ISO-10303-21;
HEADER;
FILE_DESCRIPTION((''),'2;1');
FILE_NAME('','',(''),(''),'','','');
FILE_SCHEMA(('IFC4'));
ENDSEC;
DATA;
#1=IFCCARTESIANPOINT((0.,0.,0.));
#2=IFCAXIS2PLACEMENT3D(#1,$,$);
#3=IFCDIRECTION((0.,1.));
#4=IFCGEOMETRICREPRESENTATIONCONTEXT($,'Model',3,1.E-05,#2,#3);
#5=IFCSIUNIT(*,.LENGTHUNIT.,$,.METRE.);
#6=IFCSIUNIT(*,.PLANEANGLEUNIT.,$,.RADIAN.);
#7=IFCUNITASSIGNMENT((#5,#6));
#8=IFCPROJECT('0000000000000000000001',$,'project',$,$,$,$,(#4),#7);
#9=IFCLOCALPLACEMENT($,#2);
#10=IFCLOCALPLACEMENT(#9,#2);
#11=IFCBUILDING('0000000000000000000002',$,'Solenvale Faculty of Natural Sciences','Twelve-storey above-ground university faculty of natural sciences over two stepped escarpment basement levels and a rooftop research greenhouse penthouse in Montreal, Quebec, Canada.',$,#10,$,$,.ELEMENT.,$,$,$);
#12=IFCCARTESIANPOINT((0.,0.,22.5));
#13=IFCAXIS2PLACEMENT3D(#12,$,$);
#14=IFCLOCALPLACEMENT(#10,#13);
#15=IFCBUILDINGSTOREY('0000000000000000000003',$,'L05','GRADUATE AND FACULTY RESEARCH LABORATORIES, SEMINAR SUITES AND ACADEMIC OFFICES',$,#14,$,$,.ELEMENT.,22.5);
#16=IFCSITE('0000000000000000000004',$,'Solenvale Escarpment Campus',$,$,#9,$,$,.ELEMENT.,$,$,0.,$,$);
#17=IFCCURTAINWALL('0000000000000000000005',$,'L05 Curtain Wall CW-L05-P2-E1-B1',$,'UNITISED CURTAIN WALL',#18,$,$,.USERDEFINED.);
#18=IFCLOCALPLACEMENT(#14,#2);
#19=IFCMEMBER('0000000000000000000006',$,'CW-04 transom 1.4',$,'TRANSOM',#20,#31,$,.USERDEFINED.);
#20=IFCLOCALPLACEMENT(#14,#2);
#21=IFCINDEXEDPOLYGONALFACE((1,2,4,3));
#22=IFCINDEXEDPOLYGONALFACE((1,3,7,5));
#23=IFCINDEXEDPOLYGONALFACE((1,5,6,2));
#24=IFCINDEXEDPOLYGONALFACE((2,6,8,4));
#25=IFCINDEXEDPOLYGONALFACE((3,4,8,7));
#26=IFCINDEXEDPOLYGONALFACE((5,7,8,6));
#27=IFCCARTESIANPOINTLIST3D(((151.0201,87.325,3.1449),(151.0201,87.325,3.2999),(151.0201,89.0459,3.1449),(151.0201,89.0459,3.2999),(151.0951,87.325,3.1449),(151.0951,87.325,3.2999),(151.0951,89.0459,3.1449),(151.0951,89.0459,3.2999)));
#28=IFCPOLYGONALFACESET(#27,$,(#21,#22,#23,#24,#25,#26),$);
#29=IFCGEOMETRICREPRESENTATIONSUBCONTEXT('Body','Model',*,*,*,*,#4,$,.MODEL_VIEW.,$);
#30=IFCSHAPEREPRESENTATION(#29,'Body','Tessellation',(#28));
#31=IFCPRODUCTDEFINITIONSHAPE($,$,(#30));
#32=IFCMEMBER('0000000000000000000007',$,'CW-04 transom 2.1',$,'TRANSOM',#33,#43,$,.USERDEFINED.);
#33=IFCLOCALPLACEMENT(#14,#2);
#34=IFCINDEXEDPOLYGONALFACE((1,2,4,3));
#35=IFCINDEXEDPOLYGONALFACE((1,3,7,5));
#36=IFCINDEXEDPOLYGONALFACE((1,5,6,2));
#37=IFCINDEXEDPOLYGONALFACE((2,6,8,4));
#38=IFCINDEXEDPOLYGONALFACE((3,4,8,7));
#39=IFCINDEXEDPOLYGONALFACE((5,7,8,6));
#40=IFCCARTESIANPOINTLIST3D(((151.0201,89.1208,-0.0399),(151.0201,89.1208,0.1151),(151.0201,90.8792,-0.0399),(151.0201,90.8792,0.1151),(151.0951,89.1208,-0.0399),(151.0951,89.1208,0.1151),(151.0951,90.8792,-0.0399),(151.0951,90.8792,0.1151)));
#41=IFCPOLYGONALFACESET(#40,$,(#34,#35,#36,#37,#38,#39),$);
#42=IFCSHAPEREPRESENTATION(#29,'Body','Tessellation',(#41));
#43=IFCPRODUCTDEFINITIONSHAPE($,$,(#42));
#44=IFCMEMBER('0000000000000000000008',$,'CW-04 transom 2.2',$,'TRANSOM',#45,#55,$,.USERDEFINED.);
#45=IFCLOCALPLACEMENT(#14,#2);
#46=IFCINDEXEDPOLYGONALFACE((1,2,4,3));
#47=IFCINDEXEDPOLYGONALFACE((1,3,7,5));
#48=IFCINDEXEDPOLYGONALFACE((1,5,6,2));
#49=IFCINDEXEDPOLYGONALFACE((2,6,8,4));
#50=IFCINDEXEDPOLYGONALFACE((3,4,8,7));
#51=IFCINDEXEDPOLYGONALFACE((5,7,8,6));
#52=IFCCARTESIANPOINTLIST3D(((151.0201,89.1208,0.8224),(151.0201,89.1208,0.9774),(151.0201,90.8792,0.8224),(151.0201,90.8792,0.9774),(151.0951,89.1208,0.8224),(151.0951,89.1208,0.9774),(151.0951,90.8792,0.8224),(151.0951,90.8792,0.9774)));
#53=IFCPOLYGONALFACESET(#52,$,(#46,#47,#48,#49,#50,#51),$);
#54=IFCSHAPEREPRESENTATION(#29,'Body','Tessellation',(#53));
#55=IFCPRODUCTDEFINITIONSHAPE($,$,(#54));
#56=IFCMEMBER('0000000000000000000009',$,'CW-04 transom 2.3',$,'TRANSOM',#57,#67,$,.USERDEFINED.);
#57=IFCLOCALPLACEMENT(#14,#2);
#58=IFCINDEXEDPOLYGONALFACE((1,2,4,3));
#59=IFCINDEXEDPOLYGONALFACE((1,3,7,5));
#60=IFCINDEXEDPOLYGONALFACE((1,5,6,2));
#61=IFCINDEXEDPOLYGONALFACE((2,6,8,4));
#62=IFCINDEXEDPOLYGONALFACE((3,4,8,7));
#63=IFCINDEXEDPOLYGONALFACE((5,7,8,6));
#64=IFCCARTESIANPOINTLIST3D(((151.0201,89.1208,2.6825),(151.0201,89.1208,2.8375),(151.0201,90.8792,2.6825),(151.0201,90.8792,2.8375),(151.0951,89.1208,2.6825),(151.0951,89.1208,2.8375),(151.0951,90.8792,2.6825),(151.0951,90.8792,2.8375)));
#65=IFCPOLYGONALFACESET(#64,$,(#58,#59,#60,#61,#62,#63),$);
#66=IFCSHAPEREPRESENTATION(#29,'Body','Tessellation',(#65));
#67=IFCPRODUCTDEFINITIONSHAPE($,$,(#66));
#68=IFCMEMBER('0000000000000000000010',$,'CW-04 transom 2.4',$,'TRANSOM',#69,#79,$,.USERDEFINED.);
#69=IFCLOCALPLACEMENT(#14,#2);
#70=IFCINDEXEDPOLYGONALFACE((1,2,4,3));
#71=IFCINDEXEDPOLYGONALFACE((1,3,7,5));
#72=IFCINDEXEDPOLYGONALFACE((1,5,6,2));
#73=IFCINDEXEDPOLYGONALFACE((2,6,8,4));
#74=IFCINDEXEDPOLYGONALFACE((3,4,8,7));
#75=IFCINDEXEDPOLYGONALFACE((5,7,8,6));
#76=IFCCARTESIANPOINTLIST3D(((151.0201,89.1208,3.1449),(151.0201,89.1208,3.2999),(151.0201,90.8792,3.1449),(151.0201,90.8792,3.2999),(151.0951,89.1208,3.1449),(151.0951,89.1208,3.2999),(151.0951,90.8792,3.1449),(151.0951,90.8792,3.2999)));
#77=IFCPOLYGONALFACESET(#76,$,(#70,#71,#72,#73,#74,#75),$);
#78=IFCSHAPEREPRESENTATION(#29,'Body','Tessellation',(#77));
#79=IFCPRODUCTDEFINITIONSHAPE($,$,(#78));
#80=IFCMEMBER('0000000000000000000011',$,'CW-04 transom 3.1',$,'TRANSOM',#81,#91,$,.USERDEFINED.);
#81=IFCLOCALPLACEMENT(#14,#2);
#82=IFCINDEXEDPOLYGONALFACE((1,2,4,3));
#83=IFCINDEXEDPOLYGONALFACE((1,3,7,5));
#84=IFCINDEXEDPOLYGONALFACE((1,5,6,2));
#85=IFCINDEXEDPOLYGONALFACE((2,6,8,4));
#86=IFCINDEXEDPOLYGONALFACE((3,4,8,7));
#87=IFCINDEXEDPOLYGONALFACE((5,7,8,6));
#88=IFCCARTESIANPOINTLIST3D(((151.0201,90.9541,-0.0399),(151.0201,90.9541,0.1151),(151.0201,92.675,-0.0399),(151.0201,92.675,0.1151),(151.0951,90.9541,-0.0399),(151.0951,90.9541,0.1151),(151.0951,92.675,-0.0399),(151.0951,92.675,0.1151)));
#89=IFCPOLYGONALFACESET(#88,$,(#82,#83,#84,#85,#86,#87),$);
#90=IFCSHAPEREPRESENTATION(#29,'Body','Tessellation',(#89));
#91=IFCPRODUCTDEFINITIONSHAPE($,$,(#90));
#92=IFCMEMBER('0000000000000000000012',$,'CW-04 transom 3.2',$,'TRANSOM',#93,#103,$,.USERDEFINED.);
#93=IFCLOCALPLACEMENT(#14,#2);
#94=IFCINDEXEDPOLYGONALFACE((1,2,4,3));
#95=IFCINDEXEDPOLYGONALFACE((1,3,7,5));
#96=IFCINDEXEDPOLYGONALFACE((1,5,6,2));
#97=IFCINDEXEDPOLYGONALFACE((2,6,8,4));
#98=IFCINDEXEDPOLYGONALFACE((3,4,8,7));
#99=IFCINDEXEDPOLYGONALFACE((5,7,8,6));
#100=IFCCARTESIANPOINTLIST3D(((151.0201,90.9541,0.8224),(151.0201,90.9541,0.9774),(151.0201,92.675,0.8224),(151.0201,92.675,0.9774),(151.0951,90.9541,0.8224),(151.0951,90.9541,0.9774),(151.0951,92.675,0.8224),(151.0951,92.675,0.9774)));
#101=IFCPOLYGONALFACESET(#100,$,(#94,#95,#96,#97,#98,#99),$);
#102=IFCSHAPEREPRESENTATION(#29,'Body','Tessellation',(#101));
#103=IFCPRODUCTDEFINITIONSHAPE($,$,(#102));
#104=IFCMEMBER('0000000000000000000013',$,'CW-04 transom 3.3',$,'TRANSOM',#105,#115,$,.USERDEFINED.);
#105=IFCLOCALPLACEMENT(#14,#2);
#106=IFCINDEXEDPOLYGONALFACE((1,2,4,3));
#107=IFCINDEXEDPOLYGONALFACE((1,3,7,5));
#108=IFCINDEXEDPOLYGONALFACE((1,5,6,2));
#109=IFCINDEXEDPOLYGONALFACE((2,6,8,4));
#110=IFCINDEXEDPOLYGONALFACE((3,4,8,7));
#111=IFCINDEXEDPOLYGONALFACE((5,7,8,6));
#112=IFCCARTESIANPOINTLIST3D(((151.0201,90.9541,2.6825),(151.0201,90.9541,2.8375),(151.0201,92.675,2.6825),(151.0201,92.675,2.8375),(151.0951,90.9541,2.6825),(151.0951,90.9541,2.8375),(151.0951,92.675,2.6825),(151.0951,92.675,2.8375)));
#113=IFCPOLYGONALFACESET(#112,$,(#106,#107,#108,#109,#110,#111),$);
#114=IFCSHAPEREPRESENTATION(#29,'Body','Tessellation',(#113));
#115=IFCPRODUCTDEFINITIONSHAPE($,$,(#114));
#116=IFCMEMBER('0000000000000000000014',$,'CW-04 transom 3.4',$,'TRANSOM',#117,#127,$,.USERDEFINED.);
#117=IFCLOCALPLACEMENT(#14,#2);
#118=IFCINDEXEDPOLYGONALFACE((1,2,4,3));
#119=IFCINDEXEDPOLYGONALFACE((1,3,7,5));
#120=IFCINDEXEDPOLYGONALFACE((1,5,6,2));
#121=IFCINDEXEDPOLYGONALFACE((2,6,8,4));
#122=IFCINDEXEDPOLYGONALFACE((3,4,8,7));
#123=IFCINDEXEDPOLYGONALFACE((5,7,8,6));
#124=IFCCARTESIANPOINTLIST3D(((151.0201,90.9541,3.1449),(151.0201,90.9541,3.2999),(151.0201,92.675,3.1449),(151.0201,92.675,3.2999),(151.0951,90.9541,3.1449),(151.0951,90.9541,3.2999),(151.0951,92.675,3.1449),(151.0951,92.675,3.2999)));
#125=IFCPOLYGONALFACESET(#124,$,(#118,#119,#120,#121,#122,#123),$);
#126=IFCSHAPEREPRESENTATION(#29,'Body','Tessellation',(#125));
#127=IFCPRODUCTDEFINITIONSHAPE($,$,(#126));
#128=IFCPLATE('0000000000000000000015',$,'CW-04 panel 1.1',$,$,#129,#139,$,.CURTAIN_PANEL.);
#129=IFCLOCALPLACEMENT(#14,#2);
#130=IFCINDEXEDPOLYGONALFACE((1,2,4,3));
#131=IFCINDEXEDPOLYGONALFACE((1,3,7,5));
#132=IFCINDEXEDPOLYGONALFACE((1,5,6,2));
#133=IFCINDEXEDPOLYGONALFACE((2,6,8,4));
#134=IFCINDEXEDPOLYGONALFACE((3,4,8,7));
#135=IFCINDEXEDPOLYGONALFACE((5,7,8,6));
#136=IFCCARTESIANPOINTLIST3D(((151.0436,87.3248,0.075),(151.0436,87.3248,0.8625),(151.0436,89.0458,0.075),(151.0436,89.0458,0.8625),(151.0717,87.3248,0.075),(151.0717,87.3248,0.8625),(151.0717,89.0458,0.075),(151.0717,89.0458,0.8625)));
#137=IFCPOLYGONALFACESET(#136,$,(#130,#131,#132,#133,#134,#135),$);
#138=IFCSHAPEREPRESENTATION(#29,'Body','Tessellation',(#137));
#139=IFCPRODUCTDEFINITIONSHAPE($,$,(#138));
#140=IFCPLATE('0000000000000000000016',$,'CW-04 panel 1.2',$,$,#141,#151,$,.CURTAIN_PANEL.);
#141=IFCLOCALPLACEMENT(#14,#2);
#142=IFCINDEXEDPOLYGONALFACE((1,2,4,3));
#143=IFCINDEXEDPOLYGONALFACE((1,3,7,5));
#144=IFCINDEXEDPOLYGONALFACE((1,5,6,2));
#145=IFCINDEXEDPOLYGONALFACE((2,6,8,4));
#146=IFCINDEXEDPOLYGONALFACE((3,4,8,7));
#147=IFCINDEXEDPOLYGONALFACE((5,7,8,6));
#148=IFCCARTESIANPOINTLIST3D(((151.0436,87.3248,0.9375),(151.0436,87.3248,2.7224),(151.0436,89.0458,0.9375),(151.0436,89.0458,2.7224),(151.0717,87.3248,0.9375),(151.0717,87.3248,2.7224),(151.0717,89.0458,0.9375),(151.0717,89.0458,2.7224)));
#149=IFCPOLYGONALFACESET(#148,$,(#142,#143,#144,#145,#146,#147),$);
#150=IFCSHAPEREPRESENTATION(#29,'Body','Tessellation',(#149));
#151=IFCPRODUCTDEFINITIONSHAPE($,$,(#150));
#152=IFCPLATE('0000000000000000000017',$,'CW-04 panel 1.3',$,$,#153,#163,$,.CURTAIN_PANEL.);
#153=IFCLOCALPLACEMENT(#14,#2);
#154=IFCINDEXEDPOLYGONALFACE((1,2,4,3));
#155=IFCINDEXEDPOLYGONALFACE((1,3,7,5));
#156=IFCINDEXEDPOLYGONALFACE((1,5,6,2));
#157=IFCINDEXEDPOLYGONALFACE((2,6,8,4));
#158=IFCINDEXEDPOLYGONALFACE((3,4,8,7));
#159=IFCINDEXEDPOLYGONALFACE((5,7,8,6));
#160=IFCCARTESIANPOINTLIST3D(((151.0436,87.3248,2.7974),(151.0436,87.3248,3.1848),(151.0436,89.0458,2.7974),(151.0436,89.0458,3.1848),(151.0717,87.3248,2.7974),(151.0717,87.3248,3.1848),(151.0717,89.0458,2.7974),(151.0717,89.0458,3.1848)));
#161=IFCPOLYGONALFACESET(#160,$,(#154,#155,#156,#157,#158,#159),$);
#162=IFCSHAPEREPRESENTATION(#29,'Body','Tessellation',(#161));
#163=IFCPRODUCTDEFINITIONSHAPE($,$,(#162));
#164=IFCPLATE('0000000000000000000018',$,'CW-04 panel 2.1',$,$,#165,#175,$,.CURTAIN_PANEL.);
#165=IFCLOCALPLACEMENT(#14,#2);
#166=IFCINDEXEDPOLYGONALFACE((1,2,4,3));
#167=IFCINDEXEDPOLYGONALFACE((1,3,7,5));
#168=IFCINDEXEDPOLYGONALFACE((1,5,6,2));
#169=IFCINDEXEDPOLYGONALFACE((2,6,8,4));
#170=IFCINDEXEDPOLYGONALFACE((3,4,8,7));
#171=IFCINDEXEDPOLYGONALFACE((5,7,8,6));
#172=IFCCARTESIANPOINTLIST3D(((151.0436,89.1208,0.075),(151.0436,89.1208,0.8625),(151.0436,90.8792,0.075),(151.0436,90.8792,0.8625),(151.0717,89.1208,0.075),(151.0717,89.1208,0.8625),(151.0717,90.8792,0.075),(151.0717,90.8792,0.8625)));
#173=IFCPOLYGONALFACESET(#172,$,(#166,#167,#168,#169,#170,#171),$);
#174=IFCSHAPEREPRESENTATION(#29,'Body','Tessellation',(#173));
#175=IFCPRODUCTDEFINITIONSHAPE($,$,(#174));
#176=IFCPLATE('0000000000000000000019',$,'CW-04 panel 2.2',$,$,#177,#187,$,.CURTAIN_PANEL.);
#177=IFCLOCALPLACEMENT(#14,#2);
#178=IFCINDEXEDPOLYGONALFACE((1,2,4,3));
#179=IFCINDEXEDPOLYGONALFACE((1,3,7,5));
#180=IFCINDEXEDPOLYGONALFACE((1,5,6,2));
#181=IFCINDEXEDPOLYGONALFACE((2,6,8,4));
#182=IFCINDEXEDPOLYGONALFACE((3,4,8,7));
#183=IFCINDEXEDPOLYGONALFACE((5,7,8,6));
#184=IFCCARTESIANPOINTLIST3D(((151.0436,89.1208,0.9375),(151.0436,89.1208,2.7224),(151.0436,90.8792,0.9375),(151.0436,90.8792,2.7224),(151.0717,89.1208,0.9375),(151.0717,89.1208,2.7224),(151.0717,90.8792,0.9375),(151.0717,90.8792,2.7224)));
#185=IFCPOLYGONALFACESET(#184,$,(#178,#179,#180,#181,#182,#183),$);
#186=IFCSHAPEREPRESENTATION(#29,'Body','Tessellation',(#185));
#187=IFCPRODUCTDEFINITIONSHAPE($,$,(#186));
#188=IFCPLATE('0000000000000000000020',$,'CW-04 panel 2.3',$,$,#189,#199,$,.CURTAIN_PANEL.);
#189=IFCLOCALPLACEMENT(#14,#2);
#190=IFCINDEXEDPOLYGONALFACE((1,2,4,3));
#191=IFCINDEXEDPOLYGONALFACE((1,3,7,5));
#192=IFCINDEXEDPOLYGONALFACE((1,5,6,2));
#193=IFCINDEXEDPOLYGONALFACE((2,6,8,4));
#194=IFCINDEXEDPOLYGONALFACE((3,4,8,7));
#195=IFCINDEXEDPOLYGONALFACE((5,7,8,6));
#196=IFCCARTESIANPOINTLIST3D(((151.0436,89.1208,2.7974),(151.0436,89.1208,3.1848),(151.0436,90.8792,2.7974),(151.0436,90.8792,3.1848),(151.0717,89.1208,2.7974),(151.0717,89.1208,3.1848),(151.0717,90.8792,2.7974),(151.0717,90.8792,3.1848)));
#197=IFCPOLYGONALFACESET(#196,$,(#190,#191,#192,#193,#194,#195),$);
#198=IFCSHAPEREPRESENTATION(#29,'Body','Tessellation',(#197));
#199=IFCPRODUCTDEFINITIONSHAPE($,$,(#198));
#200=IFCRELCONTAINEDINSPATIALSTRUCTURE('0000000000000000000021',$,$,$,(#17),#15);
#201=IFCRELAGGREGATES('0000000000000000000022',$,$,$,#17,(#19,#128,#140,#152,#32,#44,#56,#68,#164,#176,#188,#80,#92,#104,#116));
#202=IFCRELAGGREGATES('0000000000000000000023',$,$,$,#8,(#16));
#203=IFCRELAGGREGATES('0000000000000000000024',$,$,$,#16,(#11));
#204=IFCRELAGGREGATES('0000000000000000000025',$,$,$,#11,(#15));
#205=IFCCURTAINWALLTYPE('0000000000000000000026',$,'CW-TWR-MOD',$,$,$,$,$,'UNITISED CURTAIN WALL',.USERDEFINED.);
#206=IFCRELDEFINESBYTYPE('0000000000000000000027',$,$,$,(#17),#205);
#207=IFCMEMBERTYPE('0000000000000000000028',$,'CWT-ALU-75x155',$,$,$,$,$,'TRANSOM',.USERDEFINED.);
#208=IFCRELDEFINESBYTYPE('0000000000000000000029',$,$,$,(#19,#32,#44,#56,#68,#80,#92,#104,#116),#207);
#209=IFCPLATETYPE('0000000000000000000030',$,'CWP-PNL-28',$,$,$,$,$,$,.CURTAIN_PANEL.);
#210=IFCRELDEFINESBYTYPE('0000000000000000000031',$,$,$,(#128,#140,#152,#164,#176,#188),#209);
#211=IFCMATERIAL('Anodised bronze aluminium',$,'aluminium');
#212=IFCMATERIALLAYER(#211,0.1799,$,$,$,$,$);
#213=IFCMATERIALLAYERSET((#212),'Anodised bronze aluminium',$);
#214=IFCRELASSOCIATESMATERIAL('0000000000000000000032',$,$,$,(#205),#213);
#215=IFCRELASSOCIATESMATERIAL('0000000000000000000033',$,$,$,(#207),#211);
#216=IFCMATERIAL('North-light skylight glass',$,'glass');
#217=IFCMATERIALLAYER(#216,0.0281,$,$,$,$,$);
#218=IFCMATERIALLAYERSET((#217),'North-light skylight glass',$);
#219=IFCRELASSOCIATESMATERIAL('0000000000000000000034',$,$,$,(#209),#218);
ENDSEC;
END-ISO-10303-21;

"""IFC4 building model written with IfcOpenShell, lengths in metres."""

from ifc_helpers import new_model, si_unit, direction, frame, origin, origin_2d, place, context, subcontext, project, spatial, rectangle, extrude, material, layer, layer_set, material_profile, profile_set, type_object, element, aggregate, save


model = new_model("IFC4")

# Units and contexts
model_context = context("Model", 3, precision=1e-05, world=origin(), true_north=direction((0.0, 1.0)))
body_context = subcontext(model_context, "Body", "Model", "MODEL_VIEW")
ifc_project = project(units=[si_unit("LENGTHUNIT", "METRE"), si_unit("PLANEANGLEUNIT", "RADIAN")], contexts=[model_context])

# Site, building, storey
site_placement = place(None, origin())
site = spatial("IfcSite", under=ifc_project, at=site_placement, Name="Solenvale Escarpment Campus", CompositionType="ELEMENT", RefElevation=0.0)
building_placement = place(site_placement, origin())
building = spatial("IfcBuilding", under=site, at=building_placement, Name="Solenvale Faculty of Natural Sciences", Description="Twelve-storey above-ground university faculty of natural sciences over two stepped escarpment basement levels and a rooftop research greenhouse penthouse in Montreal, Quebec, Canada.", CompositionType="ELEMENT")
storey_placement = place(building_placement, frame((0.0, 0.0, 22.5)))
storey = spatial("IfcBuildingStorey", under=building, at=storey_placement, Name="L05", Description="GRADUATE AND FACULTY RESEARCH LABORATORIES, SEMINAR SUITES AND ACADEMIC OFFICES", CompositionType="ELEMENT", Elevation=22.5)

# Curtain wall, members, plates
ifc_material_1 = material(Name="Anodised bronze aluminium", Category="aluminium")
ifc_layer_1 = layer(ifc_material_1, 0.1799)
ifc_layer_set_1 = layer_set([ifc_layer_1], Name="Anodised bronze aluminium")
curtain_wall_type = type_object("IfcCurtainWallType", Name="CW-TWR-MOD", ElementType="UNITISED CURTAIN WALL", PredefinedType="USERDEFINED", material=ifc_layer_set_1)
curtain_wall_placement = place(storey_placement, origin())
curtain_wall = element("IfcCurtainWall", 1, at=curtain_wall_placement, inside=storey, type_object=curtain_wall_type, Name="L05 Curtain Wall CW-L05-P2-E1-B1", ObjectType="UNITISED CURTAIN WALL", PredefinedType="USERDEFINED")
ifc_material_profile_1 = material_profile(ifc_material_1, rectangle(XDim=0.075, YDim=0.155, at=origin_2d()), Name="ALU-TRN-75x155")
ifc_profile_set_1 = profile_set([ifc_material_profile_1], Name="Anodised bronze aluminium")
member_type_1 = type_object("IfcMemberType", Name="CWT-ALU-75x155", ElementType="TRANSOM", PredefinedType="USERDEFINED", material=ifc_profile_set_1)
member_1_placement = place(storey_placement, frame((151.0576, 87.325, 3.2224), z_axis=(0.0, 1.0, 0.0), x_axis=(-1.0, 0.0, 0.0)))
member_1 = element("IfcMember", 2, at=member_1_placement, type_object=member_type_1, Name="CW-04 transom 1.4", ObjectType="TRANSOM", PredefinedType="USERDEFINED", context=body_context, shape_type="SweptSolid", body=[
    extrude(rectangle(XDim=0.075, YDim=0.155, at=origin_2d()), origin(), (0.0, 0.0, 1.0), 1.7209),
])
member_2_placement = place(storey_placement, frame((151.0576, 89.1208, 0.0376), z_axis=(0.0, 1.0, 0.0), x_axis=(-1.0, 0.0, 0.0)))
member_2 = element("IfcMember", 3, at=member_2_placement, type_object=member_type_1, Name="CW-04 transom 2.1", ObjectType="TRANSOM", PredefinedType="USERDEFINED", context=body_context, shape_type="SweptSolid", body=[
    extrude(rectangle(XDim=0.075, YDim=0.155, at=origin_2d()), origin(), (0.0, 0.0, 1.0), 1.7583),
])
member_3_placement = place(storey_placement, frame((151.0576, 89.1208, 0.8999), z_axis=(0.0, 1.0, 0.0), x_axis=(-1.0, 0.0, 0.0)))
member_3 = element("IfcMember", 4, at=member_3_placement, type_object=member_type_1, Name="CW-04 transom 2.2", ObjectType="TRANSOM", PredefinedType="USERDEFINED", context=body_context, shape_type="SweptSolid", body=[
    extrude(rectangle(XDim=0.075, YDim=0.155, at=origin_2d()), origin(), (0.0, 0.0, 1.0), 1.7583),
])
member_4_placement = place(storey_placement, frame((151.0576, 89.1208, 2.76), z_axis=(0.0, 1.0, 0.0), x_axis=(-1.0, 0.0, 0.0)))
member_4 = element("IfcMember", 5, at=member_4_placement, type_object=member_type_1, Name="CW-04 transom 2.3", ObjectType="TRANSOM", PredefinedType="USERDEFINED", context=body_context, shape_type="SweptSolid", body=[
    extrude(rectangle(XDim=0.075, YDim=0.155, at=origin_2d()), origin(), (0.0, 0.0, 1.0), 1.7583),
])
member_5_placement = place(storey_placement, frame((151.0576, 89.1208, 3.2224), z_axis=(0.0, 1.0, 0.0), x_axis=(-1.0, 0.0, 0.0)))
member_5 = element("IfcMember", 6, at=member_5_placement, type_object=member_type_1, Name="CW-04 transom 2.4", ObjectType="TRANSOM", PredefinedType="USERDEFINED", context=body_context, shape_type="SweptSolid", body=[
    extrude(rectangle(XDim=0.075, YDim=0.155, at=origin_2d()), origin(), (0.0, 0.0, 1.0), 1.7583),
])
member_6_placement = place(storey_placement, frame((151.0576, 90.9541, 0.0376), z_axis=(0.0, 1.0, 0.0), x_axis=(-1.0, 0.0, 0.0)))
member_6 = element("IfcMember", 7, at=member_6_placement, type_object=member_type_1, Name="CW-04 transom 3.1", ObjectType="TRANSOM", PredefinedType="USERDEFINED", context=body_context, shape_type="SweptSolid", body=[
    extrude(rectangle(XDim=0.075, YDim=0.155, at=origin_2d()), origin(), (0.0, 0.0, 1.0), 1.7209),
])
member_7_placement = place(storey_placement, frame((151.0576, 90.9541, 0.8999), z_axis=(0.0, 1.0, 0.0), x_axis=(-1.0, 0.0, 0.0)))
member_7 = element("IfcMember", 8, at=member_7_placement, type_object=member_type_1, Name="CW-04 transom 3.2", ObjectType="TRANSOM", PredefinedType="USERDEFINED", context=body_context, shape_type="SweptSolid", body=[
    extrude(rectangle(XDim=0.075, YDim=0.155, at=origin_2d()), origin(), (0.0, 0.0, 1.0), 1.7209),
])
member_8_placement = place(storey_placement, frame((151.0576, 90.9541, 2.76), z_axis=(0.0, 1.0, 0.0), x_axis=(-1.0, 0.0, 0.0)))
member_8 = element("IfcMember", 9, at=member_8_placement, type_object=member_type_1, Name="CW-04 transom 3.3", ObjectType="TRANSOM", PredefinedType="USERDEFINED", context=body_context, shape_type="SweptSolid", body=[
    extrude(rectangle(XDim=0.075, YDim=0.155, at=origin_2d()), origin(), (0.0, 0.0, 1.0), 1.7209),
])
member_9_placement = place(storey_placement, frame((151.0576, 90.9541, 3.2224), z_axis=(0.0, 1.0, 0.0), x_axis=(-1.0, 0.0, 0.0)))
member_9 = element("IfcMember", 10, at=member_9_placement, type_object=member_type_1, Name="CW-04 transom 3.4", ObjectType="TRANSOM", PredefinedType="USERDEFINED", context=body_context, shape_type="SweptSolid", body=[
    extrude(rectangle(XDim=0.075, YDim=0.155, at=origin_2d()), origin(), (0.0, 0.0, 1.0), 1.7209),
])
ifc_material_2 = material(Name="North-light skylight glass", Category="glass")
ifc_layer_2 = layer(ifc_material_2, 0.0281)
ifc_layer_set_2 = layer_set([ifc_layer_2], Name="North-light skylight glass")
plate_type = type_object("IfcPlateType", Name="CWP-PNL-28", PredefinedType="CURTAIN_PANEL", material=ifc_layer_set_2)
plate_1_placement = place(storey_placement, frame((151.0576, 88.1853, 0.075), z_axis=(0.0, 0.0, 1.0), x_axis=(0.0, 1.0, 0.0)))
plate_1 = element("IfcPlate", 11, at=plate_1_placement, type_object=plate_type, Name="CW-04 panel 1.1", PredefinedType="CURTAIN_PANEL", context=body_context, shape_type="SweptSolid", body=[
    extrude(rectangle(XDim=1.7209, YDim=0.0281, at=origin_2d()), origin(), (0.0, 0.0, 1.0), 0.7876),
])
plate_2_placement = place(storey_placement, frame((151.0576, 88.1853, 0.9375), z_axis=(0.0, 0.0, 1.0), x_axis=(0.0, 1.0, 0.0)))
plate_2 = element("IfcPlate", 12, at=plate_2_placement, type_object=plate_type, Name="CW-04 panel 1.2", PredefinedType="CURTAIN_PANEL", context=body_context, shape_type="SweptSolid", body=[
    extrude(rectangle(XDim=1.7209, YDim=0.0281, at=origin_2d()), origin(), (0.0, 0.0, 1.0), 1.7849),
])
plate_3_placement = place(storey_placement, frame((151.0576, 88.1853, 2.7974), z_axis=(0.0, 0.0, 1.0), x_axis=(0.0, 1.0, 0.0)))
plate_3 = element("IfcPlate", 13, at=plate_3_placement, type_object=plate_type, Name="CW-04 panel 1.3", PredefinedType="CURTAIN_PANEL", context=body_context, shape_type="SweptSolid", body=[
    extrude(rectangle(XDim=1.7209, YDim=0.0281, at=origin_2d()), origin(), (0.0, 0.0, 1.0), 0.3875),
])
plate_4_placement = place(storey_placement, frame((151.0576, 90.0, 0.075), z_axis=(0.0, 0.0, 1.0), x_axis=(0.0, 1.0, 0.0)))
plate_4 = element("IfcPlate", 14, at=plate_4_placement, type_object=plate_type, Name="CW-04 panel 2.1", PredefinedType="CURTAIN_PANEL", context=body_context, shape_type="SweptSolid", body=[
    extrude(rectangle(XDim=1.7583, YDim=0.0281, at=origin_2d()), origin(), (0.0, 0.0, 1.0), 0.7876),
])
plate_5_placement = place(storey_placement, frame((151.0576, 90.0, 0.9375), z_axis=(0.0, 0.0, 1.0), x_axis=(0.0, 1.0, 0.0)))
plate_5 = element("IfcPlate", 15, at=plate_5_placement, type_object=plate_type, Name="CW-04 panel 2.2", PredefinedType="CURTAIN_PANEL", context=body_context, shape_type="SweptSolid", body=[
    extrude(rectangle(XDim=1.7583, YDim=0.0281, at=origin_2d()), origin(), (0.0, 0.0, 1.0), 1.7849),
])
plate_6_placement = place(storey_placement, frame((151.0576, 90.0, 2.7974), z_axis=(0.0, 0.0, 1.0), x_axis=(0.0, 1.0, 0.0)))
plate_6 = element("IfcPlate", 16, at=plate_6_placement, type_object=plate_type, Name="CW-04 panel 2.3", PredefinedType="CURTAIN_PANEL", context=body_context, shape_type="SweptSolid", body=[
    extrude(rectangle(XDim=1.7583, YDim=0.0281, at=origin_2d()), origin(), (0.0, 0.0, 1.0), 0.3875),
])
aggregate(curtain_wall, [member_1, plate_1, plate_2, plate_3, member_2, member_3, member_4, member_5, plate_4, plate_5, plate_6, member_6, member_7, member_8, member_9])

save(model, "model.ifc")
